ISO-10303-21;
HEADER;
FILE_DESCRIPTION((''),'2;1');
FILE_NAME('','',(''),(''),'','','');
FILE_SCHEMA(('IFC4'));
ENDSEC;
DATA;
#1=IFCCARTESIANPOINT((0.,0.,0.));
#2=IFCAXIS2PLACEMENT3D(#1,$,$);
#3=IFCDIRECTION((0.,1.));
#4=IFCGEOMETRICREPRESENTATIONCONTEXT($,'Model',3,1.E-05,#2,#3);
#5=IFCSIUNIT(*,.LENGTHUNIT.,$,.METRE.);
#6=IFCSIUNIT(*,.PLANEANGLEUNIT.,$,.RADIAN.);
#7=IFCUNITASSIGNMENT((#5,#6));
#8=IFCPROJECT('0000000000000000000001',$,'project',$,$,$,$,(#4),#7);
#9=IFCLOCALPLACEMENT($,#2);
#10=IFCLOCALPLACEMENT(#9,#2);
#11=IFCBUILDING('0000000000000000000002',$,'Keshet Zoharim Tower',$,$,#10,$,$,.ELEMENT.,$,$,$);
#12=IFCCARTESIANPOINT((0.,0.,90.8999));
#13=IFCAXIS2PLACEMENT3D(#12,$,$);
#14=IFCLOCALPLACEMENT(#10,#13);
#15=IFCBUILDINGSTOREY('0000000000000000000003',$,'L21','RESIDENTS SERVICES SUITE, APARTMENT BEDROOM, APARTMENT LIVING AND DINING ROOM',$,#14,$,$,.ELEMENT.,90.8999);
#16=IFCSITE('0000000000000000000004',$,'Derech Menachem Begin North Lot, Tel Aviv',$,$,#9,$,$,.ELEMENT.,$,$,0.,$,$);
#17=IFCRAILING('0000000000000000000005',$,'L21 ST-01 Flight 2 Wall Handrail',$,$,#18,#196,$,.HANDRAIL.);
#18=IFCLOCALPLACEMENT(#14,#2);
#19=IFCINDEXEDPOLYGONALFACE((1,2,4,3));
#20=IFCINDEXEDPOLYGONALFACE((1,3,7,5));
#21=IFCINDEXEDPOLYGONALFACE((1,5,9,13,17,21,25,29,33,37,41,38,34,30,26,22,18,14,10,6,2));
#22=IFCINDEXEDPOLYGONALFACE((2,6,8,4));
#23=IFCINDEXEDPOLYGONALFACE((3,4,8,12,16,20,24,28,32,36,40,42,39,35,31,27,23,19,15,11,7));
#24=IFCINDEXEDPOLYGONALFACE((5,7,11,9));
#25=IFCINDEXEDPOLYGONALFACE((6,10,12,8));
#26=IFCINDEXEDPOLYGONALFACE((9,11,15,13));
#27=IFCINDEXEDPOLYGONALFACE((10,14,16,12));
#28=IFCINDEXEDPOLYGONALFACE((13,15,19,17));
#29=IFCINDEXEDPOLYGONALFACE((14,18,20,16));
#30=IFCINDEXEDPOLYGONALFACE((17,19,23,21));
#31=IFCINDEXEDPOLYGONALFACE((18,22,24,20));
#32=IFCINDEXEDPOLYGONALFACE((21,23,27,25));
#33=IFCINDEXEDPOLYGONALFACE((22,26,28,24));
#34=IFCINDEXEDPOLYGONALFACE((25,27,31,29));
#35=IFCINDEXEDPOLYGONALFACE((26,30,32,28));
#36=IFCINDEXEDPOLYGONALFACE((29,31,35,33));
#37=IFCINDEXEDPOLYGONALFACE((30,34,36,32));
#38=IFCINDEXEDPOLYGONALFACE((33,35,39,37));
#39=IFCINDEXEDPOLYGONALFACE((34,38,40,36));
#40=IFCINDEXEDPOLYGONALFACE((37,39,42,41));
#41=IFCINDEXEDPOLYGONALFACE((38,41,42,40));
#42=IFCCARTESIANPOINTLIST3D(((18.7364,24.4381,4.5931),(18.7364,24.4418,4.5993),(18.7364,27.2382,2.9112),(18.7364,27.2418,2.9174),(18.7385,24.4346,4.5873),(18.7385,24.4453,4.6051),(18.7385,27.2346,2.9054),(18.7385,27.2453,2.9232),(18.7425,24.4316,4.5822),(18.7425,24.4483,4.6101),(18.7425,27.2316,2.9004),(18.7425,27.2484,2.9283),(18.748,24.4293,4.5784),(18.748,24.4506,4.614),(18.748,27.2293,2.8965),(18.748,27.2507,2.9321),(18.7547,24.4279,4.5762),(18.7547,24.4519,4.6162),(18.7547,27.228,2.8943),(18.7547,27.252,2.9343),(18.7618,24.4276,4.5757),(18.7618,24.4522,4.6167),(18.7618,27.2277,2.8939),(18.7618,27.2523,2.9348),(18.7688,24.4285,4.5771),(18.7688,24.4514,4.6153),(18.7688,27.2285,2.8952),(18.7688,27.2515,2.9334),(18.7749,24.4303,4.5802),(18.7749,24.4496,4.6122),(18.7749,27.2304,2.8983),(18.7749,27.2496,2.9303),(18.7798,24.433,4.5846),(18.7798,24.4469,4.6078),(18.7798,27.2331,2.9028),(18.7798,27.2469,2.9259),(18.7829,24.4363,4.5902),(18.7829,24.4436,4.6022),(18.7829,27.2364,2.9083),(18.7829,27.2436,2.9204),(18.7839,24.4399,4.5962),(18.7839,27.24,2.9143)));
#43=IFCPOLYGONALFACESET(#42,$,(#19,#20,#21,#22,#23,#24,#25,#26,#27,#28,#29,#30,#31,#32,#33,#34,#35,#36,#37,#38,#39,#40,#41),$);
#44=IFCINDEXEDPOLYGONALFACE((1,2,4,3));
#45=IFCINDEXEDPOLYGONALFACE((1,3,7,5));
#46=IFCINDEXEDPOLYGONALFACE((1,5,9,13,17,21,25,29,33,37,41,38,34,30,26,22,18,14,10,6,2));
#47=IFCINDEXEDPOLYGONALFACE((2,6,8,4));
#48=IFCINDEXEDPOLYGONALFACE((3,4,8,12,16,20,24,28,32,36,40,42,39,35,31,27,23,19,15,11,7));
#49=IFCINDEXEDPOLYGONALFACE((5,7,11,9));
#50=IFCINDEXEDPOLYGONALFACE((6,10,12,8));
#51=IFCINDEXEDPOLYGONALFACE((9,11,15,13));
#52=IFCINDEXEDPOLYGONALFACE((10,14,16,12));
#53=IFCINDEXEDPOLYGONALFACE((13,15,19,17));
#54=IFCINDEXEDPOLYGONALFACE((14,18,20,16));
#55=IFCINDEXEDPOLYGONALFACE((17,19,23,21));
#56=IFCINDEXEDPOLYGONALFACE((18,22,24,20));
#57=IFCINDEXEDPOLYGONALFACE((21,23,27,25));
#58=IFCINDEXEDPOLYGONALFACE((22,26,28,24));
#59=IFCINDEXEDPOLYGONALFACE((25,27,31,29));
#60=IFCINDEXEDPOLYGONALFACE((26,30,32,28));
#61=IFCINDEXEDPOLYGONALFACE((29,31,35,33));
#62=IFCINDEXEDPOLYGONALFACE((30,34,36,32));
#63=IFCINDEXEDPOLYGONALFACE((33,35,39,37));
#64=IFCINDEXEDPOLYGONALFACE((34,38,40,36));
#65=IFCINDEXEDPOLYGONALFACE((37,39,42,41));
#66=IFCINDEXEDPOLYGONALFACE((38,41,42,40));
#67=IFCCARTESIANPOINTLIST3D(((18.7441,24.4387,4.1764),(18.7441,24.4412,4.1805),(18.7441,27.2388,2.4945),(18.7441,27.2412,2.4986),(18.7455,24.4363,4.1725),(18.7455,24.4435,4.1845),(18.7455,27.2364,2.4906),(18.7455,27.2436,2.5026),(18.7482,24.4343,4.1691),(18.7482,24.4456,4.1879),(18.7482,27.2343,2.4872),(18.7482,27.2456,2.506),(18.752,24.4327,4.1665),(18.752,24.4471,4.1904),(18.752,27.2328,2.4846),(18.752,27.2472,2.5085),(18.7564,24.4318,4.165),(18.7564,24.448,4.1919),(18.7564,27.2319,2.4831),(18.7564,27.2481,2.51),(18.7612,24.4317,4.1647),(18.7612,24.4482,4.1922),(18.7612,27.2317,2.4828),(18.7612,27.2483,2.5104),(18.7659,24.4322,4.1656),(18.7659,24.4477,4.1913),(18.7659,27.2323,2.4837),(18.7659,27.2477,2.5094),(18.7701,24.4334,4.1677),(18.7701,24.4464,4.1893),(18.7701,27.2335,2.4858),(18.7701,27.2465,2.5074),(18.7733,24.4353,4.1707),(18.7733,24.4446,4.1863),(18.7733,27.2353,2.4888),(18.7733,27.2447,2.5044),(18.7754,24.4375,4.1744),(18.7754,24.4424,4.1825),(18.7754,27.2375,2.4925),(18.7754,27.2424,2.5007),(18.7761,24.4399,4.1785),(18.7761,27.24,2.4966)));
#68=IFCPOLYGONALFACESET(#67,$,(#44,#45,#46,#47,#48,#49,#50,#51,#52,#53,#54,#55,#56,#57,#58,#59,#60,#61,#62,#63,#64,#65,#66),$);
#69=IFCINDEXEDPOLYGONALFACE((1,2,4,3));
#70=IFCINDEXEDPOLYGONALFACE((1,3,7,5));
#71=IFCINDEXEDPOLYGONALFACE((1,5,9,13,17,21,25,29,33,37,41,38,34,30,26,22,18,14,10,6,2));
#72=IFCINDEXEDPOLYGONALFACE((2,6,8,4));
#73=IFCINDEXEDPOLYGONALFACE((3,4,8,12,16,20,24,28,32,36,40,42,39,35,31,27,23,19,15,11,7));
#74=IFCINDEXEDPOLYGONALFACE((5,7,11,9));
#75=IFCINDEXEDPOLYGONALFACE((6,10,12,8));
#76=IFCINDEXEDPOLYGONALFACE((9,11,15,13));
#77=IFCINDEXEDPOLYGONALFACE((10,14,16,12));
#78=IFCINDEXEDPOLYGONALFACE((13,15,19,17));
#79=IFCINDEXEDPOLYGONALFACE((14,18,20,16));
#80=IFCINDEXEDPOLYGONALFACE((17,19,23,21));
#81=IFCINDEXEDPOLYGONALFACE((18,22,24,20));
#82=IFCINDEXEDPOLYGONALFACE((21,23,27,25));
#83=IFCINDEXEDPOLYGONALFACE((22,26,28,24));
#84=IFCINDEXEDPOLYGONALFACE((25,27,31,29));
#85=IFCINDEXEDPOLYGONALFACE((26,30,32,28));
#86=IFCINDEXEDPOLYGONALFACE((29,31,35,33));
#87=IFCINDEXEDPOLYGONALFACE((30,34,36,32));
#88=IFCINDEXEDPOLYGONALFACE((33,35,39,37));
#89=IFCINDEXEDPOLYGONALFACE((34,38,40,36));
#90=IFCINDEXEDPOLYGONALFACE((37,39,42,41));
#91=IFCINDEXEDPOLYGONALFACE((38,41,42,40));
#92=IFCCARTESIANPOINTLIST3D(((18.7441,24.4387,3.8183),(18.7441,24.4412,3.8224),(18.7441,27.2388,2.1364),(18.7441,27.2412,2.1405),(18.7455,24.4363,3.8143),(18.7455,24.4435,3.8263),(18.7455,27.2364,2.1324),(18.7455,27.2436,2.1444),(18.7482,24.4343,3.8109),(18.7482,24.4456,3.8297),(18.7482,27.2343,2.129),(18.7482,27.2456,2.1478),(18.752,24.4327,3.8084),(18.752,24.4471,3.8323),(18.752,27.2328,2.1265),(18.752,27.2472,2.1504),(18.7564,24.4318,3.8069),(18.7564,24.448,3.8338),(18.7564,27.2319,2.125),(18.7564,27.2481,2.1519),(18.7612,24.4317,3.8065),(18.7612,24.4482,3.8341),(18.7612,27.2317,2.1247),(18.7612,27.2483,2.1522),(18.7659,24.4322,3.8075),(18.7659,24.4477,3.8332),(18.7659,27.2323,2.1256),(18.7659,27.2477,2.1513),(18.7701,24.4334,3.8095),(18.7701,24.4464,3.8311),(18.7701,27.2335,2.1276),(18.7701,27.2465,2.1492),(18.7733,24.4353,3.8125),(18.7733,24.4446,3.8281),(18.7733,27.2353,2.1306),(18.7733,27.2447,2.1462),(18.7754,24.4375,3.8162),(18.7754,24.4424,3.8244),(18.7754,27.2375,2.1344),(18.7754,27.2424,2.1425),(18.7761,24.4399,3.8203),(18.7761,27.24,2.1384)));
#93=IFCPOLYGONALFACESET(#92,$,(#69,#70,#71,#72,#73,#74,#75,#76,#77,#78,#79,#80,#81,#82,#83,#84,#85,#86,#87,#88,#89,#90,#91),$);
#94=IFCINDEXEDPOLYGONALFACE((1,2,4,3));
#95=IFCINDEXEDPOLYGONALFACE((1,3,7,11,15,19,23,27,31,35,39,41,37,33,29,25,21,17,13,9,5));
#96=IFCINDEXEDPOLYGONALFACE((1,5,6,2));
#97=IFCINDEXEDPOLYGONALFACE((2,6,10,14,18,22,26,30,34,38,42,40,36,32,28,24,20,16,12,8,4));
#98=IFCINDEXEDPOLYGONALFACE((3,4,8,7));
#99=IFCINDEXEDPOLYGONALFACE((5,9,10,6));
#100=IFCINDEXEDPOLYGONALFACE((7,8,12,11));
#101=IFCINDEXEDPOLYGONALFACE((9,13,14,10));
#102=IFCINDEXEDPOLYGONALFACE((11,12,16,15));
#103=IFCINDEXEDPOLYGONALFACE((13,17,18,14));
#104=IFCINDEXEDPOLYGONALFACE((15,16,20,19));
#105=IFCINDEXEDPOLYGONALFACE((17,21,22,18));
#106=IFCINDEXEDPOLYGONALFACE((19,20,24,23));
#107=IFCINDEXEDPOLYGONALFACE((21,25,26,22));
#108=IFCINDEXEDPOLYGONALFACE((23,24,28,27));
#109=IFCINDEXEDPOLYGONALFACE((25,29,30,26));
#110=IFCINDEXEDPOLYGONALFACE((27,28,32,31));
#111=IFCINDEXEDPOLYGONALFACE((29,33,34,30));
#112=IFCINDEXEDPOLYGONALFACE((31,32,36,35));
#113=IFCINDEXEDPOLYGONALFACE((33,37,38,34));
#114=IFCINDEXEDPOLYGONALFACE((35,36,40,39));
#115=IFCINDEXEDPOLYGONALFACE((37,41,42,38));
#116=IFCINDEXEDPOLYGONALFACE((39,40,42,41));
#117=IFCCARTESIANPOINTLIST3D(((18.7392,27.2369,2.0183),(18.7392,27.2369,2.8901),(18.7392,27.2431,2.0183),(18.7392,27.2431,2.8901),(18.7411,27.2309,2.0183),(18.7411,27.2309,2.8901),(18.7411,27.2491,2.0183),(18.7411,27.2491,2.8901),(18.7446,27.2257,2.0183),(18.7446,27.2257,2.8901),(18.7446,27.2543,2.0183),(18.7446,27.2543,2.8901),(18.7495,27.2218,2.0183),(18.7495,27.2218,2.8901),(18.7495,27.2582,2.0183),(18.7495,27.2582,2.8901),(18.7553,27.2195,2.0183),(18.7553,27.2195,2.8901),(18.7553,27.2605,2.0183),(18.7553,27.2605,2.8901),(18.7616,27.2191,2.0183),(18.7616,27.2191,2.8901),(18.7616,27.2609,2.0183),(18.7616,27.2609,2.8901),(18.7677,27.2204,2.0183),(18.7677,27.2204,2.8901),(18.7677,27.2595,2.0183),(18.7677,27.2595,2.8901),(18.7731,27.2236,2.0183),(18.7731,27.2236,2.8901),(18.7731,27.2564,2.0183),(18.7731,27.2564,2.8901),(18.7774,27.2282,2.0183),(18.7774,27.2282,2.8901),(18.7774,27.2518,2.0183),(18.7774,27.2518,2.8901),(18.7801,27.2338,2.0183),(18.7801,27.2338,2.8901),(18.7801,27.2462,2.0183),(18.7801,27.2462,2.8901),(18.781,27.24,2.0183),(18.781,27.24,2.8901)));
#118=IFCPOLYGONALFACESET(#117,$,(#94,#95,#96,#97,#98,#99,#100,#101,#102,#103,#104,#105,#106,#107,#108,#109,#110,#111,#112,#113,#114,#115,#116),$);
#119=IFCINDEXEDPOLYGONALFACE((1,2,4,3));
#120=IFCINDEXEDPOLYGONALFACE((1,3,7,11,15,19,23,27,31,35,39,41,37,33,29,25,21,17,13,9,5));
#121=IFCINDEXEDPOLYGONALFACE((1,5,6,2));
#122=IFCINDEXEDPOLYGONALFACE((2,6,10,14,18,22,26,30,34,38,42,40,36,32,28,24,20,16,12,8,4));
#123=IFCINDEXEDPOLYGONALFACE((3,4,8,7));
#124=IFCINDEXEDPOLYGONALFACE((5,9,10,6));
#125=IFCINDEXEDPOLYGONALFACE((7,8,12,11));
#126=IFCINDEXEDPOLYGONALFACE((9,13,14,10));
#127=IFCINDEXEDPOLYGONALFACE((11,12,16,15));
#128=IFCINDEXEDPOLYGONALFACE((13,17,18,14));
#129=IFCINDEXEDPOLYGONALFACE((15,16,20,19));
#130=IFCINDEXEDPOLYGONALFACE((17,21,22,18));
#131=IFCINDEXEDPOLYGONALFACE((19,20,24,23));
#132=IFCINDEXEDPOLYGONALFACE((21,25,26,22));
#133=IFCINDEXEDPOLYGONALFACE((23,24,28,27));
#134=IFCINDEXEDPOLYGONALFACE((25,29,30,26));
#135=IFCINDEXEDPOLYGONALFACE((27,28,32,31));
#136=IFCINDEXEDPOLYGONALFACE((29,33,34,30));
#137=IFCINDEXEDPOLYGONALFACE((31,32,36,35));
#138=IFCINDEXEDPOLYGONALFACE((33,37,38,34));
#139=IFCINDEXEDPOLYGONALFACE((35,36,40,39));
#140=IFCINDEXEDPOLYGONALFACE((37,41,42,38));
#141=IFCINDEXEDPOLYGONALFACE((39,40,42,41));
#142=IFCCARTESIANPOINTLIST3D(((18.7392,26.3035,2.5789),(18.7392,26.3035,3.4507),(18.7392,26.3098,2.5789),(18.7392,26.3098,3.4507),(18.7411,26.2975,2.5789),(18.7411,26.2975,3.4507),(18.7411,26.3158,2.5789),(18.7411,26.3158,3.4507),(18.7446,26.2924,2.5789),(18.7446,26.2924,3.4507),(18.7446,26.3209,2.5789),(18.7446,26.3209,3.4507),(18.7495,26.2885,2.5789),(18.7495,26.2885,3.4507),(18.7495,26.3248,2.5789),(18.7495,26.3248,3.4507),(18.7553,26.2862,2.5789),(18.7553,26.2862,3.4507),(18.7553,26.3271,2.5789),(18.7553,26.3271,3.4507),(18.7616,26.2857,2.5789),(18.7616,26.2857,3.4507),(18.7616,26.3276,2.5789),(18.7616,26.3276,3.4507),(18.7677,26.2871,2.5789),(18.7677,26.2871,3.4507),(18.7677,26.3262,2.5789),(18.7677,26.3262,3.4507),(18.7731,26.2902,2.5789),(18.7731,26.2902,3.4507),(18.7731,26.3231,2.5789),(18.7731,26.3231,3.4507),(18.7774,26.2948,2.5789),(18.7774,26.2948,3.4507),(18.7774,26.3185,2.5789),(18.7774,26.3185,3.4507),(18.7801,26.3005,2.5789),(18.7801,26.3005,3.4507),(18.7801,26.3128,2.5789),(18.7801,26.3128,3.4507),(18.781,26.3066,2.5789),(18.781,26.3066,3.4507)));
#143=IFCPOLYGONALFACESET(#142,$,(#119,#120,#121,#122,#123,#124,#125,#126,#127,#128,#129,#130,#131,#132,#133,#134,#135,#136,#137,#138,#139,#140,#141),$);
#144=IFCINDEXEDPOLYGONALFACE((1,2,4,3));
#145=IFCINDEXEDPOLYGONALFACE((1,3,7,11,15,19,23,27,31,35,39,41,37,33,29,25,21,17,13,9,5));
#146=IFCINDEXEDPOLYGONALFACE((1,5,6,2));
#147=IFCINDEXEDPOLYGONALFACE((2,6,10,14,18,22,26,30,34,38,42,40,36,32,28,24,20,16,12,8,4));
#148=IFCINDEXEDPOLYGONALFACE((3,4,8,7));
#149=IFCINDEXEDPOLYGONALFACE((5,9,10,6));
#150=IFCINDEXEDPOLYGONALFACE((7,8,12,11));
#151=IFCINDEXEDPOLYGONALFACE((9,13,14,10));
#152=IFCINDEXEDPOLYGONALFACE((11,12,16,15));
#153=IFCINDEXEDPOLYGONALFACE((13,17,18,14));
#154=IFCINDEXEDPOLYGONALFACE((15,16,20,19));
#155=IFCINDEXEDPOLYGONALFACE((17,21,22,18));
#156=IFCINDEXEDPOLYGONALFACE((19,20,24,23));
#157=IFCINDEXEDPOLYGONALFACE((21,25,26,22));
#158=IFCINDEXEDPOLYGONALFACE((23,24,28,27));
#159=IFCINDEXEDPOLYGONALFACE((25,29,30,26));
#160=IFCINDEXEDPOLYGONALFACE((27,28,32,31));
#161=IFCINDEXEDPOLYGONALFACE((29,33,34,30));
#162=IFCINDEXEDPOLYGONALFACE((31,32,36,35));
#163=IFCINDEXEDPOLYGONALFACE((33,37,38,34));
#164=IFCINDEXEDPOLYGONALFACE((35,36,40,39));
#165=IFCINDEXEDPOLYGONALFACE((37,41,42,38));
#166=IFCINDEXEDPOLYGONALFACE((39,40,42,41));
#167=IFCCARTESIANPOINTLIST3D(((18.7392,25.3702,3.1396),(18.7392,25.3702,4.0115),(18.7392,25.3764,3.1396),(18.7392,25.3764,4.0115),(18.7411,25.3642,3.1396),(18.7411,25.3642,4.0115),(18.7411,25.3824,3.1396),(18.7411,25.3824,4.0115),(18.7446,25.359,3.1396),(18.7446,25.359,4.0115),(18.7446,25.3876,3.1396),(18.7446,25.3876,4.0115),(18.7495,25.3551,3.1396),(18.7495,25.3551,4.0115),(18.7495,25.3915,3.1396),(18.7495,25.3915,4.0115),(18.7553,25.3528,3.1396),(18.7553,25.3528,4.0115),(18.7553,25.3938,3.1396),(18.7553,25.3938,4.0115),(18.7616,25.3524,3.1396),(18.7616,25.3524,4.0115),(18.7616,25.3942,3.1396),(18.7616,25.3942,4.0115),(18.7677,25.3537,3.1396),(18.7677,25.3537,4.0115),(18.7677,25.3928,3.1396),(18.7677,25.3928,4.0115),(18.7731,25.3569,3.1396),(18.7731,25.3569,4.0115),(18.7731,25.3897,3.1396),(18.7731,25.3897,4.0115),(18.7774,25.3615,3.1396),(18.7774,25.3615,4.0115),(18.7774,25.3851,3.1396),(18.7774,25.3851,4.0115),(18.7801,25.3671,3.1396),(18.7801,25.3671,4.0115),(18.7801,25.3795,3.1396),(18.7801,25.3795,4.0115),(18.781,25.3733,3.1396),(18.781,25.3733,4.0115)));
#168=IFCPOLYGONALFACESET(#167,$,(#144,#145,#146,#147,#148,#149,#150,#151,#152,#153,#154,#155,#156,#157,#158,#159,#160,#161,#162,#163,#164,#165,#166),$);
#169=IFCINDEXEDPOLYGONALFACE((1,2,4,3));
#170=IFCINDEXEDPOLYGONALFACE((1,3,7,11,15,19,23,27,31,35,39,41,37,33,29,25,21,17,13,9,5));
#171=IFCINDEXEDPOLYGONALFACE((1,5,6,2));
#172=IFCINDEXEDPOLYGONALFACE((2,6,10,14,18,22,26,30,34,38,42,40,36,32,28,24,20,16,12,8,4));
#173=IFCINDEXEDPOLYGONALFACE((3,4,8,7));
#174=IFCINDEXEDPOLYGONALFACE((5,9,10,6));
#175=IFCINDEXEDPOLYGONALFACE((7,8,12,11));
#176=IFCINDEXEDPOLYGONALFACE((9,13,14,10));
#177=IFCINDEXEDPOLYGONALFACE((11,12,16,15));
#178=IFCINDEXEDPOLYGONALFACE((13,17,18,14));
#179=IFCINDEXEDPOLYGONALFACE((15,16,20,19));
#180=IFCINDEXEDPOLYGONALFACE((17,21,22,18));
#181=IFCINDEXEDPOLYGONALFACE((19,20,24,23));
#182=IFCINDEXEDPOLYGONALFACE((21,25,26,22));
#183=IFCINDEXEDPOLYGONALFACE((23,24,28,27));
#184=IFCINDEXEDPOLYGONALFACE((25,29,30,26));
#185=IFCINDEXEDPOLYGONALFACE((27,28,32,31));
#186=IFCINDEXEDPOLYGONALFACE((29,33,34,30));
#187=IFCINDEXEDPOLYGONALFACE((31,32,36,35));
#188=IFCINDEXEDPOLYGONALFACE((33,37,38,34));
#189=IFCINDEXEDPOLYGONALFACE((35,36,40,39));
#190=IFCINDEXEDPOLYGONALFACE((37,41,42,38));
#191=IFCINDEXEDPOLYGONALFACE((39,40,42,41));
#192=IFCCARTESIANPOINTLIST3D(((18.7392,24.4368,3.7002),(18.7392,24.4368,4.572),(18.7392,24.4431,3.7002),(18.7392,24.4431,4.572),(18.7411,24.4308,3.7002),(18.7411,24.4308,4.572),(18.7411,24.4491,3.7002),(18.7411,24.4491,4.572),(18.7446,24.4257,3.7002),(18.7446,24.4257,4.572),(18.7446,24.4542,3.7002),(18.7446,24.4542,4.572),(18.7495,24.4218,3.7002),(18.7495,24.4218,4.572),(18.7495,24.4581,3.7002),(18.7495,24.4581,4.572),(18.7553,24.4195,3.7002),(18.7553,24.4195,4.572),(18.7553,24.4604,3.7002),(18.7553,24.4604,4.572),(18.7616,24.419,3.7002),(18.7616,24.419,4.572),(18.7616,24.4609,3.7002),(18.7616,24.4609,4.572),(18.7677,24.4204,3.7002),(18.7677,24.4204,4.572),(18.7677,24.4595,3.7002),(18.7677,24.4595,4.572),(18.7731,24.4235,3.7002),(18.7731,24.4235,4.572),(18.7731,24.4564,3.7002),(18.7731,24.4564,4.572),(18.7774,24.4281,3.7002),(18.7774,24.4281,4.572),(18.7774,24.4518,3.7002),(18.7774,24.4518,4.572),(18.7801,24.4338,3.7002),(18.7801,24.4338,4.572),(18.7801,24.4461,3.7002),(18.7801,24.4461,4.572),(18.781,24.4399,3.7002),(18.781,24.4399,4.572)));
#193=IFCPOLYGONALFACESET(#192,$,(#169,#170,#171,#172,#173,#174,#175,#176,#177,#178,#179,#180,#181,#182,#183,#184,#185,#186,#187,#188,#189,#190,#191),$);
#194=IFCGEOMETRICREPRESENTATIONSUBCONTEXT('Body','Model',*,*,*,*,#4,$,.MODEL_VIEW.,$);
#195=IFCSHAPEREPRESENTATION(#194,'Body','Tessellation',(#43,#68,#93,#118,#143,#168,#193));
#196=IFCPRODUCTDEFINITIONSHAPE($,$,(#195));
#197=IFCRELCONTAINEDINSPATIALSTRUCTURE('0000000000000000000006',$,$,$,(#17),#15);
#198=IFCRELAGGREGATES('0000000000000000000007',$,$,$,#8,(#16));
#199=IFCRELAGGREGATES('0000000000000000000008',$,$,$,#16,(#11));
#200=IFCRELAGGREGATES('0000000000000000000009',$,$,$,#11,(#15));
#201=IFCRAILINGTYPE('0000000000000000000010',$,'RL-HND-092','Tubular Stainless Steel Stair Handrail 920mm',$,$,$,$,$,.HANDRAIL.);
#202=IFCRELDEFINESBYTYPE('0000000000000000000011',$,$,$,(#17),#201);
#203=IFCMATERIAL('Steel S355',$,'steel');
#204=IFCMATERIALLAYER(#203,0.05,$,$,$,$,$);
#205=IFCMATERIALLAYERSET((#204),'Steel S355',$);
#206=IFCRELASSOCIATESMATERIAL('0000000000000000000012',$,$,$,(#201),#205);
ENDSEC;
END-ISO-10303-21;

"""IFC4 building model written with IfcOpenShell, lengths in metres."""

from ifc_helpers import new_model, si_unit, direction, frame, origin, origin_2d, place, context, subcontext, project, spatial, circle, extrude, material, layer, layer_set, type_object, element, save


model = new_model("IFC4")

# Units and contexts
model_context = context("Model", 3, precision=1e-05, world=origin(), true_north=direction((0.0, 1.0)))
body_context = subcontext(model_context, "Body", "Model", "MODEL_VIEW")
ifc_project = project(units=[si_unit("LENGTHUNIT", "METRE"), si_unit("PLANEANGLEUNIT", "RADIAN")], contexts=[model_context])

# Site, building, storey
site_placement = place(None, origin())
site = spatial("IfcSite", under=ifc_project, at=site_placement, Name="Derech Menachem Begin North Lot, Tel Aviv", CompositionType="ELEMENT", RefElevation=0.0)
building_placement = place(site_placement, origin())
building = spatial("IfcBuilding", under=site, at=building_placement, Name="Keshet Zoharim Tower", CompositionType="ELEMENT")
storey_placement = place(building_placement, frame((0.0, 0.0, 90.8999)))
storey = spatial("IfcBuildingStorey", under=building, at=storey_placement, Name="L21", Description="RESIDENTS SERVICES SUITE, APARTMENT BEDROOM, APARTMENT LIVING AND DINING ROOM", CompositionType="ELEMENT", Elevation=90.8999)

# Shared definitions
ifc_material_1 = material(Name="Steel S355", Category="steel")

# Railing
ifc_layer_1 = layer(ifc_material_1, 0.05)
ifc_layer_set_1 = layer_set([ifc_layer_1], Name="Steel S355")
railing_type_1 = type_object("IfcRailingType", Name="RL-HND-092", Description="Tubular Stainless Steel Stair Handrail 920mm", PredefinedType="HANDRAIL", material=ifc_layer_set_1)
for number, where, name in (
    (1, (18.76, 27.24, 2.0183), "L21 ST-01 Flight 2 Wall Handrail"),
):
    element("IfcRailing", number, at=place(storey_placement, frame(where)), inside=storey, type_object=railing_type_1, Name=name, PredefinedType="HANDRAIL", context=body_context, shape_type="SweptSolid", body=[
        extrude(circle(Radius=0.0239, at=origin_2d()), frame((0.0, 0.0, 0.896), z_axis=(0.0, -0.857242, 0.514913), x_axis=(1.0, 0.0, 0.0)), (0.0, 0.0, 1.0), 3.2664),
        extrude(circle(Radius=0.0161, at=origin_2d()), frame((0.0, 0.0, 0.4783), z_axis=(0.0, -0.857242, 0.514913), x_axis=(1.0, 0.0, 0.0)), (0.0, 0.0, 1.0), 3.2664),
        extrude(circle(Radius=0.0161, at=origin_2d()), frame((0.0, 0.0, 0.1201), z_axis=(0.0, -0.857242, 0.514913), x_axis=(1.0, 0.0, 0.0)), (0.0, 0.0, 1.0), 3.2664),
        extrude(circle(Radius=0.021, at=origin_2d()), origin(), (0.0, 0.0, 1.0), 0.8718),
        extrude(circle(Radius=0.021, at=origin_2d()), frame((0.0, -0.9333, 0.5605)), (0.0, 0.0, 1.0), 0.8718),
        extrude(circle(Radius=0.021, at=origin_2d()), frame((0.0, -1.8667, 1.1213)), (0.0, 0.0, 1.0), 0.8718),
        extrude(circle(Radius=0.021, at=origin_2d()), frame((0.0, -2.8, 1.6819)), (0.0, 0.0, 1.0), 0.8718),
    ])

save(model, "model.ifc")
